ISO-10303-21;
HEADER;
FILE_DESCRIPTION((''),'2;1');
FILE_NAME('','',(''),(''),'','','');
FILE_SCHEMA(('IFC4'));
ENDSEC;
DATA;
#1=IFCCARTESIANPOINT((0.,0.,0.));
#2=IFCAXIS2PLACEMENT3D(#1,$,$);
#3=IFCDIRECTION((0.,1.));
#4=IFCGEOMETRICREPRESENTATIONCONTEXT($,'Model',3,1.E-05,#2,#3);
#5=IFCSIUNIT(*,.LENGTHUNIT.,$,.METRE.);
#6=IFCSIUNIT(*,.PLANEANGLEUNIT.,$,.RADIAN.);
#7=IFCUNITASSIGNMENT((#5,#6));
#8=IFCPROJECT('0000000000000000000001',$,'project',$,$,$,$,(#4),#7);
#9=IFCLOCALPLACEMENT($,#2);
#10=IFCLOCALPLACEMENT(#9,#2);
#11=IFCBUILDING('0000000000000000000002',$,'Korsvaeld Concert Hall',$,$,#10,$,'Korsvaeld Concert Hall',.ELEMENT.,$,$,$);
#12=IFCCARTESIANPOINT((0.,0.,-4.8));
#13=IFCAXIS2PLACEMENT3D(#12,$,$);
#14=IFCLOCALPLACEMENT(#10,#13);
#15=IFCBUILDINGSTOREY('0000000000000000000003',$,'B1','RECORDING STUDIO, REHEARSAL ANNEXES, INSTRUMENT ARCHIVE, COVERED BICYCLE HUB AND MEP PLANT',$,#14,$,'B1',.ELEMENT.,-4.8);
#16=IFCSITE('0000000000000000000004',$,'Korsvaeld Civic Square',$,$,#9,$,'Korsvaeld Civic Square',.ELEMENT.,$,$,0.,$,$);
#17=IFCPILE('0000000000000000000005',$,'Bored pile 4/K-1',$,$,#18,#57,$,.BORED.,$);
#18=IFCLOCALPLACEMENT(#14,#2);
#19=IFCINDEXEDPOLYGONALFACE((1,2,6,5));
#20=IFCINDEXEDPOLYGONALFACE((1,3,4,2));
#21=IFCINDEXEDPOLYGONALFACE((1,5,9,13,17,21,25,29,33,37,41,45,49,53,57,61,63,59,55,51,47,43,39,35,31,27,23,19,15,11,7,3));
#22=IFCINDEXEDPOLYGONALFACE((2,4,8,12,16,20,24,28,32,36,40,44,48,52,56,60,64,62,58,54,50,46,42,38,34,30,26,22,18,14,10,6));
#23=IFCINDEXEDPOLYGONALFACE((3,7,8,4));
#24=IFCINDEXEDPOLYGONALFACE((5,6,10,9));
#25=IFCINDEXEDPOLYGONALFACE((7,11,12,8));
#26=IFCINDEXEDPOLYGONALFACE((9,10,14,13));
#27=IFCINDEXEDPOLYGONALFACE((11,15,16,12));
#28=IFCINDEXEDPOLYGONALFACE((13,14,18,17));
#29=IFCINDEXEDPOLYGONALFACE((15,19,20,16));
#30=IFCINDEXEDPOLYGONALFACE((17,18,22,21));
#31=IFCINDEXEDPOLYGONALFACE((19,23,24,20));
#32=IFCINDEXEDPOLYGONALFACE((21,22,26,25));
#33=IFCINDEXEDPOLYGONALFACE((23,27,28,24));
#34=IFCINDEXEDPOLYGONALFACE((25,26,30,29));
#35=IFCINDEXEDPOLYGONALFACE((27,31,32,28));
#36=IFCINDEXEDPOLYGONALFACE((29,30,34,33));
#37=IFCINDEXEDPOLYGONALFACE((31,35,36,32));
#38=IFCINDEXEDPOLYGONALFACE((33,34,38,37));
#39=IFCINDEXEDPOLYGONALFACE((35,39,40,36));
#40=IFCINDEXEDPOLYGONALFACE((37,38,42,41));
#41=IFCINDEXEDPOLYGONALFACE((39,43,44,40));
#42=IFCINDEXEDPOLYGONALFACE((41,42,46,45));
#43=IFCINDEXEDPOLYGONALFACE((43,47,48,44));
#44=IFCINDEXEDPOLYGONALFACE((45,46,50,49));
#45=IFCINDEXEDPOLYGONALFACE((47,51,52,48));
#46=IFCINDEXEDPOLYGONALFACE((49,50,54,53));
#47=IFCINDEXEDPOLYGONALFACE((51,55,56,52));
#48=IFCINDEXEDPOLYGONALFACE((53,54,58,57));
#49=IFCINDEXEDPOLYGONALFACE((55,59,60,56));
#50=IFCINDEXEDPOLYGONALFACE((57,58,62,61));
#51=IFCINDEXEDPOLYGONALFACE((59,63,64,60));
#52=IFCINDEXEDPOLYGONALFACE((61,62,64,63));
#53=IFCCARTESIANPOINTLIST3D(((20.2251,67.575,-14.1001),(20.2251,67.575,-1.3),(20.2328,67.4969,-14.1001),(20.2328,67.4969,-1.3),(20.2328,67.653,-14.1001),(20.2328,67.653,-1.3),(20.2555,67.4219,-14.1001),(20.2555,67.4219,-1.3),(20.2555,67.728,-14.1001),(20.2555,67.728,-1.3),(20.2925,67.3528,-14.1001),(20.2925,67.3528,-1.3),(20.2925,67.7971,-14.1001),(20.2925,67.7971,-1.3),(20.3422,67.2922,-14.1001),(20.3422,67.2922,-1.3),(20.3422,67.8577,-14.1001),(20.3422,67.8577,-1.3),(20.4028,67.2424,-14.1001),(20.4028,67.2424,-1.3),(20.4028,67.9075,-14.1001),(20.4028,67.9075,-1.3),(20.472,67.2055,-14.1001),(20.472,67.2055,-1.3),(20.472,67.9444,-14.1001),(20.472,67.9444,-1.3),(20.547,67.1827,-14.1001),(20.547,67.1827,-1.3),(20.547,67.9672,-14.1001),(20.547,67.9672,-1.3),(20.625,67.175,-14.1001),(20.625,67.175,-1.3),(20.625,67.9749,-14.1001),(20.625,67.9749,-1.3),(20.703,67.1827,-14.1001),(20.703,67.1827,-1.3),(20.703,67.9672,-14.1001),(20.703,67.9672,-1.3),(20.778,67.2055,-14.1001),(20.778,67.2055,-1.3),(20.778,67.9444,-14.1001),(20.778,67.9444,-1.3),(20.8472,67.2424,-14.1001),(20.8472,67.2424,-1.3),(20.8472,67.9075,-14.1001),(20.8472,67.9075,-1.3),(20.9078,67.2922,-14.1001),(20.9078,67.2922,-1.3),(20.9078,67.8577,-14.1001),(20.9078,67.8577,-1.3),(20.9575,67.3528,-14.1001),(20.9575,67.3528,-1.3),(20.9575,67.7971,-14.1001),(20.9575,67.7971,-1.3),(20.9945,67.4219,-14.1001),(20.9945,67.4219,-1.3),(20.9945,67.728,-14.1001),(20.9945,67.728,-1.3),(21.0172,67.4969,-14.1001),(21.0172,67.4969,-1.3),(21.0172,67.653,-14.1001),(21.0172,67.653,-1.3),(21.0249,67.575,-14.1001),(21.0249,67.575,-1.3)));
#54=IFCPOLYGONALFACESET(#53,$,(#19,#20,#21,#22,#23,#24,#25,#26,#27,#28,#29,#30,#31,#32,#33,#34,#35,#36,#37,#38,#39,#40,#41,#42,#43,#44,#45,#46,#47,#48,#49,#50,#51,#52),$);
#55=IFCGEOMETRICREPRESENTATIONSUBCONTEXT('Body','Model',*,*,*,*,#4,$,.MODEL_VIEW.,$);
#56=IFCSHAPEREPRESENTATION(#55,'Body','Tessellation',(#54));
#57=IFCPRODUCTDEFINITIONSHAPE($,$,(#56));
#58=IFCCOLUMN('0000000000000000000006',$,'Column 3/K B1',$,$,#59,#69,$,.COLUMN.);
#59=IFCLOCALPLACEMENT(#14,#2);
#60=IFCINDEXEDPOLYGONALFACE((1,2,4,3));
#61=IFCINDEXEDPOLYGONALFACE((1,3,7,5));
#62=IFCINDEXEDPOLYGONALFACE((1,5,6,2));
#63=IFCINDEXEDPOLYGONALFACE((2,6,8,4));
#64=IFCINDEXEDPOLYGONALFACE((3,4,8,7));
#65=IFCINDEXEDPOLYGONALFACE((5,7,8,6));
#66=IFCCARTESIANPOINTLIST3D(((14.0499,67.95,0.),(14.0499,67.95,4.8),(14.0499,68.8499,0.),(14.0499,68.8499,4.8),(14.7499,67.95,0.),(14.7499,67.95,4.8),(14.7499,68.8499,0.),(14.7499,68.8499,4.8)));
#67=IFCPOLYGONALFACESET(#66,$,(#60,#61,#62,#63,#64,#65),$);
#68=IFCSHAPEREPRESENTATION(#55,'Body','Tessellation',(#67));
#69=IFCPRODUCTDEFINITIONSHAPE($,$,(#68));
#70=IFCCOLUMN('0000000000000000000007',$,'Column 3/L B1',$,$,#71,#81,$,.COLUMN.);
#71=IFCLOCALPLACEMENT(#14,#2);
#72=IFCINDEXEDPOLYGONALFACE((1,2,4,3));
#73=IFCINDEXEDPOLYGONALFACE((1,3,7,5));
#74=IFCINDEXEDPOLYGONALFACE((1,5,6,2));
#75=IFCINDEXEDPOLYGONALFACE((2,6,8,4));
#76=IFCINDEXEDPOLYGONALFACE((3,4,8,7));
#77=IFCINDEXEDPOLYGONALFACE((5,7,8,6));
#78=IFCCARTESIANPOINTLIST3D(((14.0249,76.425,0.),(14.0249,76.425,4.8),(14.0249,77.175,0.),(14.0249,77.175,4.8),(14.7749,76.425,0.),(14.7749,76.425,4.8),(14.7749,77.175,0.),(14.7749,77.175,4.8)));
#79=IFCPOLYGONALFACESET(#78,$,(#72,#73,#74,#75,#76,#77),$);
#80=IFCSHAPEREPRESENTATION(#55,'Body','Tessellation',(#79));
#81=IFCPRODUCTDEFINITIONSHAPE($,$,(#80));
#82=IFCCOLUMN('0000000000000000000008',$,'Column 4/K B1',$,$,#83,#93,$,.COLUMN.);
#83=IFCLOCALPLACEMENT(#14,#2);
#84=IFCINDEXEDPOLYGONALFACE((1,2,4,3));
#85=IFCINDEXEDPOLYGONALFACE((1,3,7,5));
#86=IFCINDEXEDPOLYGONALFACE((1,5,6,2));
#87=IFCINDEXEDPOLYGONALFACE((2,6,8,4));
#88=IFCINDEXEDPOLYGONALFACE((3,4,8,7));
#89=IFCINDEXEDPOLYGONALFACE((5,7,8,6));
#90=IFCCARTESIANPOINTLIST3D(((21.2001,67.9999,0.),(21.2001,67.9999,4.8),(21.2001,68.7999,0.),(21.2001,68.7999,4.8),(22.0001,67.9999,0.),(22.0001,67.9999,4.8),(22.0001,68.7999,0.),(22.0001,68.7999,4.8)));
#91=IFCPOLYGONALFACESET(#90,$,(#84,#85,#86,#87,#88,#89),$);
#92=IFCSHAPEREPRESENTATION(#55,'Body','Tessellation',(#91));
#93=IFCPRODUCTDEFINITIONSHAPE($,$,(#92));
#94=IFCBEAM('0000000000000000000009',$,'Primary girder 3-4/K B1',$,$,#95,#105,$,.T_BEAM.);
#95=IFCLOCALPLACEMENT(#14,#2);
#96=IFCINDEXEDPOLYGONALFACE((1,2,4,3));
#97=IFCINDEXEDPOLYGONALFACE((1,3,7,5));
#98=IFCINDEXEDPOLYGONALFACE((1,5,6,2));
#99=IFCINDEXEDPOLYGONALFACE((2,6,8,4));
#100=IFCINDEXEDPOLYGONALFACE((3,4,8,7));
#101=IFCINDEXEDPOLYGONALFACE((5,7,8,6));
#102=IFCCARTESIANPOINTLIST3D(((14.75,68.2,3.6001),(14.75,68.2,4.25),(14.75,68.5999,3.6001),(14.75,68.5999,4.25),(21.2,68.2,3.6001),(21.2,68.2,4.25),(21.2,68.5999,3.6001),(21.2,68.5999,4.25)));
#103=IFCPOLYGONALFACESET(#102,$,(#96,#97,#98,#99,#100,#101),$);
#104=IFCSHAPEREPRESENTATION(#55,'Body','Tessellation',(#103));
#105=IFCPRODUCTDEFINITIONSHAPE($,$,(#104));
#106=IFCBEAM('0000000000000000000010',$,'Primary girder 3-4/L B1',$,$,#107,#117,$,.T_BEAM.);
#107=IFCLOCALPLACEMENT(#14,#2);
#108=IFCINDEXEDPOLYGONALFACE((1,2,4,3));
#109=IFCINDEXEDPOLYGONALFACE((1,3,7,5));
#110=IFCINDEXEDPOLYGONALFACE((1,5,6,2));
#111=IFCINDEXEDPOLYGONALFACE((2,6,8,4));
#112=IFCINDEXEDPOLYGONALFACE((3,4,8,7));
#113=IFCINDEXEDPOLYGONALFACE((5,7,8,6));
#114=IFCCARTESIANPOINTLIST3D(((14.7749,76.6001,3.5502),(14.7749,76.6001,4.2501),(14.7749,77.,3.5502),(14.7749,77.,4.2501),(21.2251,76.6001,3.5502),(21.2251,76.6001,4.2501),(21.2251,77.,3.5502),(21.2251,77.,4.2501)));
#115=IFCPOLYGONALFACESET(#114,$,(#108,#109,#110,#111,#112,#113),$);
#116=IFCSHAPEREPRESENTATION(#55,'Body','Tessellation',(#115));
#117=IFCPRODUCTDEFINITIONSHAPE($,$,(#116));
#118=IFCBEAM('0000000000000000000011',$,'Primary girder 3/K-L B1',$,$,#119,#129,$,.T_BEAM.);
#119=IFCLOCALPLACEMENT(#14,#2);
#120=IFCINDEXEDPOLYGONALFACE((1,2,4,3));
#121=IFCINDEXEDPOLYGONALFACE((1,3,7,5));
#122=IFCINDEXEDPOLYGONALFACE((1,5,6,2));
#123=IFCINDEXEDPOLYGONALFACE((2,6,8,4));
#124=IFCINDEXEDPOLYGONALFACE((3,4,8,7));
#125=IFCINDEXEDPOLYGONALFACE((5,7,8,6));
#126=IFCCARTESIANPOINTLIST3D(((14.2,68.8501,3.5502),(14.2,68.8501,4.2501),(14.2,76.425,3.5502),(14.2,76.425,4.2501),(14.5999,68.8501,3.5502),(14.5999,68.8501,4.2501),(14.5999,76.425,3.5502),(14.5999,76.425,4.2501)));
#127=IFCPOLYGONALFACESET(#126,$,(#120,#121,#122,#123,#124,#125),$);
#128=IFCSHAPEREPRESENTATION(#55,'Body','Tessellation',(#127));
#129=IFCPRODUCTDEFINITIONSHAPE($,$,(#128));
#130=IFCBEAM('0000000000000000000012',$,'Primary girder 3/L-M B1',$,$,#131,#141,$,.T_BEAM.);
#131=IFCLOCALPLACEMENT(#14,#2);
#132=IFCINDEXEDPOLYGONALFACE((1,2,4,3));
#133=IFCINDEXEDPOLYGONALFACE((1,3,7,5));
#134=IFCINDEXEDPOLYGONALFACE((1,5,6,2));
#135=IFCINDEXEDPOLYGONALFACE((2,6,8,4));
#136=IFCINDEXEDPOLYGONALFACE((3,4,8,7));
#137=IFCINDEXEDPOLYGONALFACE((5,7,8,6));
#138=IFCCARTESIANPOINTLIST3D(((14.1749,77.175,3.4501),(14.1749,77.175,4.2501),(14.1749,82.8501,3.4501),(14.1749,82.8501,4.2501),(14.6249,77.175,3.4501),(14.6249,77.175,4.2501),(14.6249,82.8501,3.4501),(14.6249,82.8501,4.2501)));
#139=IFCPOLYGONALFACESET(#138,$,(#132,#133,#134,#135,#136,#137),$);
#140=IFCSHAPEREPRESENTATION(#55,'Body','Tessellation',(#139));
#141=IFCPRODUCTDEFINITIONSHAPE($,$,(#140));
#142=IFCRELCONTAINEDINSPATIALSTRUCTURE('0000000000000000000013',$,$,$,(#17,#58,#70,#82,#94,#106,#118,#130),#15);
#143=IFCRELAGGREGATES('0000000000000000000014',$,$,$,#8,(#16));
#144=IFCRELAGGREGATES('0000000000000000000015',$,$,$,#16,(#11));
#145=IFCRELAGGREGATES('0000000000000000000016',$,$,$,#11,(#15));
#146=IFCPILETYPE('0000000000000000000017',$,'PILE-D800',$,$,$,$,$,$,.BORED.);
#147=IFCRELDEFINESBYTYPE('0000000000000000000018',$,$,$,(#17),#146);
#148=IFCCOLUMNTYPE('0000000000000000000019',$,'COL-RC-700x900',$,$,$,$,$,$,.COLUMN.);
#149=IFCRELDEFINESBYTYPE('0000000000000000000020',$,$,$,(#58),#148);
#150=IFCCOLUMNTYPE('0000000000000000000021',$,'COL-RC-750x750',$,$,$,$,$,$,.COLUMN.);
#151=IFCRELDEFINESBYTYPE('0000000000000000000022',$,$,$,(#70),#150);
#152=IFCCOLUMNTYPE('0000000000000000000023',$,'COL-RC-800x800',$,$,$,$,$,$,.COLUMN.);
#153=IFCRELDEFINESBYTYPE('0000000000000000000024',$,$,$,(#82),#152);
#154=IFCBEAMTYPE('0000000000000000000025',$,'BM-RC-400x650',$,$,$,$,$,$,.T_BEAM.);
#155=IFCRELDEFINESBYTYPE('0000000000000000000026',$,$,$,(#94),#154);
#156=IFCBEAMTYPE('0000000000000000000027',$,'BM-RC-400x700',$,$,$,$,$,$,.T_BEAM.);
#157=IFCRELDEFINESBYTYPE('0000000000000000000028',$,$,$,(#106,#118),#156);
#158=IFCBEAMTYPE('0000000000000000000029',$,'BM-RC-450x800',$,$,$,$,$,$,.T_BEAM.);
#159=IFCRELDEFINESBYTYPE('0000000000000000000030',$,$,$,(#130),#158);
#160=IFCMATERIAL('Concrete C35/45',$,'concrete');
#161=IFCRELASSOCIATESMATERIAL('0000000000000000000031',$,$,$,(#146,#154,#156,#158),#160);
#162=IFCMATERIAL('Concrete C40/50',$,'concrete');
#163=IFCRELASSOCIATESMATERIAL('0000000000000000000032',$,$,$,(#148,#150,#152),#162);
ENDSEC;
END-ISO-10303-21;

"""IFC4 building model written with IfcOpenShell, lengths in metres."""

from ifc_helpers import new_model, si_unit, direction, frame, origin, origin_2d, place, context, subcontext, project, spatial, rectangle, circle, extrude, material, material_profile, profile_set, type_object, element, save


model = new_model("IFC4")

# Units and contexts
model_context = context("Model", 3, precision=1e-05, world=origin(), true_north=direction((0.0, 1.0)))
body_context = subcontext(model_context, "Body", "Model", "MODEL_VIEW")
ifc_project = project(units=[si_unit("LENGTHUNIT", "METRE"), si_unit("PLANEANGLEUNIT", "RADIAN")], contexts=[model_context])

# Site, building, storey
site_placement = place(None, origin())
site = spatial("IfcSite", under=ifc_project, at=site_placement, Name="Korsvaeld Civic Square", LongName="Korsvaeld Civic Square", CompositionType="ELEMENT", RefElevation=0.0)
building_placement = place(site_placement, origin())
building = spatial("IfcBuilding", under=site, at=building_placement, Name="Korsvaeld Concert Hall", LongName="Korsvaeld Concert Hall", CompositionType="ELEMENT")
storey_placement = place(building_placement, frame((0.0, 0.0, -4.8)))
storey = spatial("IfcBuildingStorey", under=building, at=storey_placement, Name="B1", Description="RECORDING STUDIO, REHEARSAL ANNEXES, INSTRUMENT ARCHIVE, COVERED BICYCLE HUB AND MEP PLANT", LongName="B1", CompositionType="ELEMENT", Elevation=-4.8)

# Shared definitions
ifc_material_1 = material(Name="Concrete C35/45", Category="concrete")

# Pile
ifc_material_profile_1 = material_profile(ifc_material_1, circle(Radius=0.3999, at=origin_2d()), Name="BORED PILE D800")
ifc_profile_set_1 = profile_set([ifc_material_profile_1], Name="Concrete C35/45")
pile_type_1 = type_object("IfcPileType", Name="PILE-D800", PredefinedType="BORED", material=ifc_profile_set_1)
for number, where, z_axis, x_axis, name in (
    (1, (20.625, 67.575, -1.3), (0.0, 0.0, -1.0), (1.0, 0.0, 0.0), "Bored pile 4/K-1"),
):
    element("IfcPile", number, at=place(storey_placement, frame(where, z_axis=z_axis, x_axis=x_axis)), inside=storey, type_object=pile_type_1, Name=name, PredefinedType="BORED", context=body_context, shape_type="SweptSolid", body=[
        extrude(circle(Radius=0.3999, at=origin_2d()), origin(), (0.0, 0.0, 1.0), 12.8),
    ])

# Columns
ifc_material_2 = material(Name="Concrete C40/50", Category="concrete")
ifc_material_profile_2 = material_profile(ifc_material_2, rectangle(XDim=0.7, YDim=0.8999, at=origin_2d()), Name="RC 700x900")
ifc_profile_set_2 = profile_set([ifc_material_profile_2], Name="Concrete C40/50")
column_type_1 = type_object("IfcColumnType", Name="COL-RC-700x900", PredefinedType="COLUMN", material=ifc_profile_set_2)
column_1_placement = place(storey_placement, frame((14.3999, 68.3999, 0.0), z_axis=(0.0, 0.0, 1.0), x_axis=(1.0, 0.0, 0.0)))
element("IfcColumn", 2, at=column_1_placement, inside=storey, type_object=column_type_1, Name="Column 3/K B1", PredefinedType="COLUMN", context=body_context, shape_type="SweptSolid", body=[
    extrude(rectangle(XDim=0.7, YDim=0.8999, at=origin_2d()), origin(), (0.0, 0.0, 1.0), 4.8),
])
ifc_material_profile_3 = material_profile(ifc_material_2, rectangle(XDim=0.75, YDim=0.75, at=origin_2d()), Name="RC 750x750")
ifc_profile_set_3 = profile_set([ifc_material_profile_3], Name="Concrete C40/50")
column_type_2 = type_object("IfcColumnType", Name="COL-RC-750x750", PredefinedType="COLUMN", material=ifc_profile_set_3)
column_2_placement = place(storey_placement, frame((14.3999, 76.8, 0.0), z_axis=(0.0, 0.0, 1.0), x_axis=(1.0, 0.0, 0.0)))
element("IfcColumn", 3, at=column_2_placement, inside=storey, type_object=column_type_2, Name="Column 3/L B1", PredefinedType="COLUMN", context=body_context, shape_type="SweptSolid", body=[
    extrude(rectangle(XDim=0.75, YDim=0.75, at=origin_2d()), origin(), (0.0, 0.0, 1.0), 4.8),
])
ifc_material_profile_4 = material_profile(ifc_material_2, rectangle(XDim=0.8, YDim=0.8, at=origin_2d()), Name="RC 800x800")
ifc_profile_set_4 = profile_set([ifc_material_profile_4], Name="Concrete C40/50")
column_type_3 = type_object("IfcColumnType", Name="COL-RC-800x800", PredefinedType="COLUMN", material=ifc_profile_set_4)
column_3_placement = place(storey_placement, frame((21.6001, 68.3999, 0.0), z_axis=(0.0, 0.0, 1.0), x_axis=(1.0, 0.0, 0.0)))
element("IfcColumn", 4, at=column_3_placement, inside=storey, type_object=column_type_3, Name="Column 4/K B1", PredefinedType="COLUMN", context=body_context, shape_type="SweptSolid", body=[
    extrude(rectangle(XDim=0.8, YDim=0.8, at=origin_2d()), origin(), (0.0, 0.0, 1.0), 4.8),
])

# Beams
ifc_material_profile_5 = material_profile(ifc_material_1, rectangle(XDim=0.3999, YDim=0.6499, at=origin_2d()), Name="RC 400x650")
ifc_profile_set_5 = profile_set([ifc_material_profile_5], Name="Concrete C35/45")
beam_type_1 = type_object("IfcBeamType", Name="BM-RC-400x650", PredefinedType="T_BEAM", material=ifc_profile_set_5)
beam_1_placement = place(storey_placement, frame((14.75, 68.3999, 3.925), z_axis=(1.0, 0.0, 0.0), x_axis=(0.0, 1.0, 0.0)))
element("IfcBeam", 5, at=beam_1_placement, inside=storey, type_object=beam_type_1, Name="Primary girder 3-4/K B1", PredefinedType="T_BEAM", context=body_context, shape_type="SweptSolid", body=[
    extrude(rectangle(XDim=0.3999, YDim=0.6499, at=origin_2d()), origin(), (0.0, 0.0, 1.0), 6.45),
])
ifc_material_profile_6 = material_profile(ifc_material_1, rectangle(XDim=0.3999, YDim=0.7, at=origin_2d()), Name="RC 400x700")
ifc_profile_set_6 = profile_set([ifc_material_profile_6], Name="Concrete C35/45")
beam_type_2 = type_object("IfcBeamType", Name="BM-RC-400x700", PredefinedType="T_BEAM", material=ifc_profile_set_6)
beam_2_placement = place(storey_placement, frame((14.7749, 76.8, 3.9001), z_axis=(1.0, 0.0, 0.0), x_axis=(0.0, 1.0, 0.0)))
element("IfcBeam", 6, at=beam_2_placement, inside=storey, type_object=beam_type_2, Name="Primary girder 3-4/L B1", PredefinedType="T_BEAM", context=body_context, shape_type="SweptSolid", body=[
    extrude(rectangle(XDim=0.3999, YDim=0.7, at=origin_2d()), origin(), (0.0, 0.0, 1.0), 6.4502),
])
beam_3_placement = place(storey_placement, frame((14.3999, 68.8501, 3.9001), z_axis=(0.0, 1.0, 0.0), x_axis=(-1.0, 0.0, 0.0)))
element("IfcBeam", 7, at=beam_3_placement, inside=storey, type_object=beam_type_2, Name="Primary girder 3/K-L B1", PredefinedType="T_BEAM", context=body_context, shape_type="SweptSolid", body=[
    extrude(rectangle(XDim=0.3999, YDim=0.7, at=origin_2d()), origin(), (0.0, 0.0, 1.0), 7.575),
])
ifc_material_profile_7 = material_profile(ifc_material_1, rectangle(XDim=0.45, YDim=0.8, at=origin_2d()), Name="RC 450x800")
ifc_profile_set_7 = profile_set([ifc_material_profile_7], Name="Concrete C35/45")
beam_type_3 = type_object("IfcBeamType", Name="BM-RC-450x800", PredefinedType="T_BEAM", material=ifc_profile_set_7)
beam_4_placement = place(storey_placement, frame((14.3999, 77.175, 3.8501), z_axis=(0.0, 1.0, 0.0), x_axis=(-1.0, 0.0, 0.0)))
element("IfcBeam", 8, at=beam_4_placement, inside=storey, type_object=beam_type_3, Name="Primary girder 3/L-M B1", PredefinedType="T_BEAM", context=body_context, shape_type="SweptSolid", body=[
    extrude(rectangle(XDim=0.45, YDim=0.8, at=origin_2d()), origin(), (0.0, 0.0, 1.0), 5.675),
])

save(model, "model.ifc")
